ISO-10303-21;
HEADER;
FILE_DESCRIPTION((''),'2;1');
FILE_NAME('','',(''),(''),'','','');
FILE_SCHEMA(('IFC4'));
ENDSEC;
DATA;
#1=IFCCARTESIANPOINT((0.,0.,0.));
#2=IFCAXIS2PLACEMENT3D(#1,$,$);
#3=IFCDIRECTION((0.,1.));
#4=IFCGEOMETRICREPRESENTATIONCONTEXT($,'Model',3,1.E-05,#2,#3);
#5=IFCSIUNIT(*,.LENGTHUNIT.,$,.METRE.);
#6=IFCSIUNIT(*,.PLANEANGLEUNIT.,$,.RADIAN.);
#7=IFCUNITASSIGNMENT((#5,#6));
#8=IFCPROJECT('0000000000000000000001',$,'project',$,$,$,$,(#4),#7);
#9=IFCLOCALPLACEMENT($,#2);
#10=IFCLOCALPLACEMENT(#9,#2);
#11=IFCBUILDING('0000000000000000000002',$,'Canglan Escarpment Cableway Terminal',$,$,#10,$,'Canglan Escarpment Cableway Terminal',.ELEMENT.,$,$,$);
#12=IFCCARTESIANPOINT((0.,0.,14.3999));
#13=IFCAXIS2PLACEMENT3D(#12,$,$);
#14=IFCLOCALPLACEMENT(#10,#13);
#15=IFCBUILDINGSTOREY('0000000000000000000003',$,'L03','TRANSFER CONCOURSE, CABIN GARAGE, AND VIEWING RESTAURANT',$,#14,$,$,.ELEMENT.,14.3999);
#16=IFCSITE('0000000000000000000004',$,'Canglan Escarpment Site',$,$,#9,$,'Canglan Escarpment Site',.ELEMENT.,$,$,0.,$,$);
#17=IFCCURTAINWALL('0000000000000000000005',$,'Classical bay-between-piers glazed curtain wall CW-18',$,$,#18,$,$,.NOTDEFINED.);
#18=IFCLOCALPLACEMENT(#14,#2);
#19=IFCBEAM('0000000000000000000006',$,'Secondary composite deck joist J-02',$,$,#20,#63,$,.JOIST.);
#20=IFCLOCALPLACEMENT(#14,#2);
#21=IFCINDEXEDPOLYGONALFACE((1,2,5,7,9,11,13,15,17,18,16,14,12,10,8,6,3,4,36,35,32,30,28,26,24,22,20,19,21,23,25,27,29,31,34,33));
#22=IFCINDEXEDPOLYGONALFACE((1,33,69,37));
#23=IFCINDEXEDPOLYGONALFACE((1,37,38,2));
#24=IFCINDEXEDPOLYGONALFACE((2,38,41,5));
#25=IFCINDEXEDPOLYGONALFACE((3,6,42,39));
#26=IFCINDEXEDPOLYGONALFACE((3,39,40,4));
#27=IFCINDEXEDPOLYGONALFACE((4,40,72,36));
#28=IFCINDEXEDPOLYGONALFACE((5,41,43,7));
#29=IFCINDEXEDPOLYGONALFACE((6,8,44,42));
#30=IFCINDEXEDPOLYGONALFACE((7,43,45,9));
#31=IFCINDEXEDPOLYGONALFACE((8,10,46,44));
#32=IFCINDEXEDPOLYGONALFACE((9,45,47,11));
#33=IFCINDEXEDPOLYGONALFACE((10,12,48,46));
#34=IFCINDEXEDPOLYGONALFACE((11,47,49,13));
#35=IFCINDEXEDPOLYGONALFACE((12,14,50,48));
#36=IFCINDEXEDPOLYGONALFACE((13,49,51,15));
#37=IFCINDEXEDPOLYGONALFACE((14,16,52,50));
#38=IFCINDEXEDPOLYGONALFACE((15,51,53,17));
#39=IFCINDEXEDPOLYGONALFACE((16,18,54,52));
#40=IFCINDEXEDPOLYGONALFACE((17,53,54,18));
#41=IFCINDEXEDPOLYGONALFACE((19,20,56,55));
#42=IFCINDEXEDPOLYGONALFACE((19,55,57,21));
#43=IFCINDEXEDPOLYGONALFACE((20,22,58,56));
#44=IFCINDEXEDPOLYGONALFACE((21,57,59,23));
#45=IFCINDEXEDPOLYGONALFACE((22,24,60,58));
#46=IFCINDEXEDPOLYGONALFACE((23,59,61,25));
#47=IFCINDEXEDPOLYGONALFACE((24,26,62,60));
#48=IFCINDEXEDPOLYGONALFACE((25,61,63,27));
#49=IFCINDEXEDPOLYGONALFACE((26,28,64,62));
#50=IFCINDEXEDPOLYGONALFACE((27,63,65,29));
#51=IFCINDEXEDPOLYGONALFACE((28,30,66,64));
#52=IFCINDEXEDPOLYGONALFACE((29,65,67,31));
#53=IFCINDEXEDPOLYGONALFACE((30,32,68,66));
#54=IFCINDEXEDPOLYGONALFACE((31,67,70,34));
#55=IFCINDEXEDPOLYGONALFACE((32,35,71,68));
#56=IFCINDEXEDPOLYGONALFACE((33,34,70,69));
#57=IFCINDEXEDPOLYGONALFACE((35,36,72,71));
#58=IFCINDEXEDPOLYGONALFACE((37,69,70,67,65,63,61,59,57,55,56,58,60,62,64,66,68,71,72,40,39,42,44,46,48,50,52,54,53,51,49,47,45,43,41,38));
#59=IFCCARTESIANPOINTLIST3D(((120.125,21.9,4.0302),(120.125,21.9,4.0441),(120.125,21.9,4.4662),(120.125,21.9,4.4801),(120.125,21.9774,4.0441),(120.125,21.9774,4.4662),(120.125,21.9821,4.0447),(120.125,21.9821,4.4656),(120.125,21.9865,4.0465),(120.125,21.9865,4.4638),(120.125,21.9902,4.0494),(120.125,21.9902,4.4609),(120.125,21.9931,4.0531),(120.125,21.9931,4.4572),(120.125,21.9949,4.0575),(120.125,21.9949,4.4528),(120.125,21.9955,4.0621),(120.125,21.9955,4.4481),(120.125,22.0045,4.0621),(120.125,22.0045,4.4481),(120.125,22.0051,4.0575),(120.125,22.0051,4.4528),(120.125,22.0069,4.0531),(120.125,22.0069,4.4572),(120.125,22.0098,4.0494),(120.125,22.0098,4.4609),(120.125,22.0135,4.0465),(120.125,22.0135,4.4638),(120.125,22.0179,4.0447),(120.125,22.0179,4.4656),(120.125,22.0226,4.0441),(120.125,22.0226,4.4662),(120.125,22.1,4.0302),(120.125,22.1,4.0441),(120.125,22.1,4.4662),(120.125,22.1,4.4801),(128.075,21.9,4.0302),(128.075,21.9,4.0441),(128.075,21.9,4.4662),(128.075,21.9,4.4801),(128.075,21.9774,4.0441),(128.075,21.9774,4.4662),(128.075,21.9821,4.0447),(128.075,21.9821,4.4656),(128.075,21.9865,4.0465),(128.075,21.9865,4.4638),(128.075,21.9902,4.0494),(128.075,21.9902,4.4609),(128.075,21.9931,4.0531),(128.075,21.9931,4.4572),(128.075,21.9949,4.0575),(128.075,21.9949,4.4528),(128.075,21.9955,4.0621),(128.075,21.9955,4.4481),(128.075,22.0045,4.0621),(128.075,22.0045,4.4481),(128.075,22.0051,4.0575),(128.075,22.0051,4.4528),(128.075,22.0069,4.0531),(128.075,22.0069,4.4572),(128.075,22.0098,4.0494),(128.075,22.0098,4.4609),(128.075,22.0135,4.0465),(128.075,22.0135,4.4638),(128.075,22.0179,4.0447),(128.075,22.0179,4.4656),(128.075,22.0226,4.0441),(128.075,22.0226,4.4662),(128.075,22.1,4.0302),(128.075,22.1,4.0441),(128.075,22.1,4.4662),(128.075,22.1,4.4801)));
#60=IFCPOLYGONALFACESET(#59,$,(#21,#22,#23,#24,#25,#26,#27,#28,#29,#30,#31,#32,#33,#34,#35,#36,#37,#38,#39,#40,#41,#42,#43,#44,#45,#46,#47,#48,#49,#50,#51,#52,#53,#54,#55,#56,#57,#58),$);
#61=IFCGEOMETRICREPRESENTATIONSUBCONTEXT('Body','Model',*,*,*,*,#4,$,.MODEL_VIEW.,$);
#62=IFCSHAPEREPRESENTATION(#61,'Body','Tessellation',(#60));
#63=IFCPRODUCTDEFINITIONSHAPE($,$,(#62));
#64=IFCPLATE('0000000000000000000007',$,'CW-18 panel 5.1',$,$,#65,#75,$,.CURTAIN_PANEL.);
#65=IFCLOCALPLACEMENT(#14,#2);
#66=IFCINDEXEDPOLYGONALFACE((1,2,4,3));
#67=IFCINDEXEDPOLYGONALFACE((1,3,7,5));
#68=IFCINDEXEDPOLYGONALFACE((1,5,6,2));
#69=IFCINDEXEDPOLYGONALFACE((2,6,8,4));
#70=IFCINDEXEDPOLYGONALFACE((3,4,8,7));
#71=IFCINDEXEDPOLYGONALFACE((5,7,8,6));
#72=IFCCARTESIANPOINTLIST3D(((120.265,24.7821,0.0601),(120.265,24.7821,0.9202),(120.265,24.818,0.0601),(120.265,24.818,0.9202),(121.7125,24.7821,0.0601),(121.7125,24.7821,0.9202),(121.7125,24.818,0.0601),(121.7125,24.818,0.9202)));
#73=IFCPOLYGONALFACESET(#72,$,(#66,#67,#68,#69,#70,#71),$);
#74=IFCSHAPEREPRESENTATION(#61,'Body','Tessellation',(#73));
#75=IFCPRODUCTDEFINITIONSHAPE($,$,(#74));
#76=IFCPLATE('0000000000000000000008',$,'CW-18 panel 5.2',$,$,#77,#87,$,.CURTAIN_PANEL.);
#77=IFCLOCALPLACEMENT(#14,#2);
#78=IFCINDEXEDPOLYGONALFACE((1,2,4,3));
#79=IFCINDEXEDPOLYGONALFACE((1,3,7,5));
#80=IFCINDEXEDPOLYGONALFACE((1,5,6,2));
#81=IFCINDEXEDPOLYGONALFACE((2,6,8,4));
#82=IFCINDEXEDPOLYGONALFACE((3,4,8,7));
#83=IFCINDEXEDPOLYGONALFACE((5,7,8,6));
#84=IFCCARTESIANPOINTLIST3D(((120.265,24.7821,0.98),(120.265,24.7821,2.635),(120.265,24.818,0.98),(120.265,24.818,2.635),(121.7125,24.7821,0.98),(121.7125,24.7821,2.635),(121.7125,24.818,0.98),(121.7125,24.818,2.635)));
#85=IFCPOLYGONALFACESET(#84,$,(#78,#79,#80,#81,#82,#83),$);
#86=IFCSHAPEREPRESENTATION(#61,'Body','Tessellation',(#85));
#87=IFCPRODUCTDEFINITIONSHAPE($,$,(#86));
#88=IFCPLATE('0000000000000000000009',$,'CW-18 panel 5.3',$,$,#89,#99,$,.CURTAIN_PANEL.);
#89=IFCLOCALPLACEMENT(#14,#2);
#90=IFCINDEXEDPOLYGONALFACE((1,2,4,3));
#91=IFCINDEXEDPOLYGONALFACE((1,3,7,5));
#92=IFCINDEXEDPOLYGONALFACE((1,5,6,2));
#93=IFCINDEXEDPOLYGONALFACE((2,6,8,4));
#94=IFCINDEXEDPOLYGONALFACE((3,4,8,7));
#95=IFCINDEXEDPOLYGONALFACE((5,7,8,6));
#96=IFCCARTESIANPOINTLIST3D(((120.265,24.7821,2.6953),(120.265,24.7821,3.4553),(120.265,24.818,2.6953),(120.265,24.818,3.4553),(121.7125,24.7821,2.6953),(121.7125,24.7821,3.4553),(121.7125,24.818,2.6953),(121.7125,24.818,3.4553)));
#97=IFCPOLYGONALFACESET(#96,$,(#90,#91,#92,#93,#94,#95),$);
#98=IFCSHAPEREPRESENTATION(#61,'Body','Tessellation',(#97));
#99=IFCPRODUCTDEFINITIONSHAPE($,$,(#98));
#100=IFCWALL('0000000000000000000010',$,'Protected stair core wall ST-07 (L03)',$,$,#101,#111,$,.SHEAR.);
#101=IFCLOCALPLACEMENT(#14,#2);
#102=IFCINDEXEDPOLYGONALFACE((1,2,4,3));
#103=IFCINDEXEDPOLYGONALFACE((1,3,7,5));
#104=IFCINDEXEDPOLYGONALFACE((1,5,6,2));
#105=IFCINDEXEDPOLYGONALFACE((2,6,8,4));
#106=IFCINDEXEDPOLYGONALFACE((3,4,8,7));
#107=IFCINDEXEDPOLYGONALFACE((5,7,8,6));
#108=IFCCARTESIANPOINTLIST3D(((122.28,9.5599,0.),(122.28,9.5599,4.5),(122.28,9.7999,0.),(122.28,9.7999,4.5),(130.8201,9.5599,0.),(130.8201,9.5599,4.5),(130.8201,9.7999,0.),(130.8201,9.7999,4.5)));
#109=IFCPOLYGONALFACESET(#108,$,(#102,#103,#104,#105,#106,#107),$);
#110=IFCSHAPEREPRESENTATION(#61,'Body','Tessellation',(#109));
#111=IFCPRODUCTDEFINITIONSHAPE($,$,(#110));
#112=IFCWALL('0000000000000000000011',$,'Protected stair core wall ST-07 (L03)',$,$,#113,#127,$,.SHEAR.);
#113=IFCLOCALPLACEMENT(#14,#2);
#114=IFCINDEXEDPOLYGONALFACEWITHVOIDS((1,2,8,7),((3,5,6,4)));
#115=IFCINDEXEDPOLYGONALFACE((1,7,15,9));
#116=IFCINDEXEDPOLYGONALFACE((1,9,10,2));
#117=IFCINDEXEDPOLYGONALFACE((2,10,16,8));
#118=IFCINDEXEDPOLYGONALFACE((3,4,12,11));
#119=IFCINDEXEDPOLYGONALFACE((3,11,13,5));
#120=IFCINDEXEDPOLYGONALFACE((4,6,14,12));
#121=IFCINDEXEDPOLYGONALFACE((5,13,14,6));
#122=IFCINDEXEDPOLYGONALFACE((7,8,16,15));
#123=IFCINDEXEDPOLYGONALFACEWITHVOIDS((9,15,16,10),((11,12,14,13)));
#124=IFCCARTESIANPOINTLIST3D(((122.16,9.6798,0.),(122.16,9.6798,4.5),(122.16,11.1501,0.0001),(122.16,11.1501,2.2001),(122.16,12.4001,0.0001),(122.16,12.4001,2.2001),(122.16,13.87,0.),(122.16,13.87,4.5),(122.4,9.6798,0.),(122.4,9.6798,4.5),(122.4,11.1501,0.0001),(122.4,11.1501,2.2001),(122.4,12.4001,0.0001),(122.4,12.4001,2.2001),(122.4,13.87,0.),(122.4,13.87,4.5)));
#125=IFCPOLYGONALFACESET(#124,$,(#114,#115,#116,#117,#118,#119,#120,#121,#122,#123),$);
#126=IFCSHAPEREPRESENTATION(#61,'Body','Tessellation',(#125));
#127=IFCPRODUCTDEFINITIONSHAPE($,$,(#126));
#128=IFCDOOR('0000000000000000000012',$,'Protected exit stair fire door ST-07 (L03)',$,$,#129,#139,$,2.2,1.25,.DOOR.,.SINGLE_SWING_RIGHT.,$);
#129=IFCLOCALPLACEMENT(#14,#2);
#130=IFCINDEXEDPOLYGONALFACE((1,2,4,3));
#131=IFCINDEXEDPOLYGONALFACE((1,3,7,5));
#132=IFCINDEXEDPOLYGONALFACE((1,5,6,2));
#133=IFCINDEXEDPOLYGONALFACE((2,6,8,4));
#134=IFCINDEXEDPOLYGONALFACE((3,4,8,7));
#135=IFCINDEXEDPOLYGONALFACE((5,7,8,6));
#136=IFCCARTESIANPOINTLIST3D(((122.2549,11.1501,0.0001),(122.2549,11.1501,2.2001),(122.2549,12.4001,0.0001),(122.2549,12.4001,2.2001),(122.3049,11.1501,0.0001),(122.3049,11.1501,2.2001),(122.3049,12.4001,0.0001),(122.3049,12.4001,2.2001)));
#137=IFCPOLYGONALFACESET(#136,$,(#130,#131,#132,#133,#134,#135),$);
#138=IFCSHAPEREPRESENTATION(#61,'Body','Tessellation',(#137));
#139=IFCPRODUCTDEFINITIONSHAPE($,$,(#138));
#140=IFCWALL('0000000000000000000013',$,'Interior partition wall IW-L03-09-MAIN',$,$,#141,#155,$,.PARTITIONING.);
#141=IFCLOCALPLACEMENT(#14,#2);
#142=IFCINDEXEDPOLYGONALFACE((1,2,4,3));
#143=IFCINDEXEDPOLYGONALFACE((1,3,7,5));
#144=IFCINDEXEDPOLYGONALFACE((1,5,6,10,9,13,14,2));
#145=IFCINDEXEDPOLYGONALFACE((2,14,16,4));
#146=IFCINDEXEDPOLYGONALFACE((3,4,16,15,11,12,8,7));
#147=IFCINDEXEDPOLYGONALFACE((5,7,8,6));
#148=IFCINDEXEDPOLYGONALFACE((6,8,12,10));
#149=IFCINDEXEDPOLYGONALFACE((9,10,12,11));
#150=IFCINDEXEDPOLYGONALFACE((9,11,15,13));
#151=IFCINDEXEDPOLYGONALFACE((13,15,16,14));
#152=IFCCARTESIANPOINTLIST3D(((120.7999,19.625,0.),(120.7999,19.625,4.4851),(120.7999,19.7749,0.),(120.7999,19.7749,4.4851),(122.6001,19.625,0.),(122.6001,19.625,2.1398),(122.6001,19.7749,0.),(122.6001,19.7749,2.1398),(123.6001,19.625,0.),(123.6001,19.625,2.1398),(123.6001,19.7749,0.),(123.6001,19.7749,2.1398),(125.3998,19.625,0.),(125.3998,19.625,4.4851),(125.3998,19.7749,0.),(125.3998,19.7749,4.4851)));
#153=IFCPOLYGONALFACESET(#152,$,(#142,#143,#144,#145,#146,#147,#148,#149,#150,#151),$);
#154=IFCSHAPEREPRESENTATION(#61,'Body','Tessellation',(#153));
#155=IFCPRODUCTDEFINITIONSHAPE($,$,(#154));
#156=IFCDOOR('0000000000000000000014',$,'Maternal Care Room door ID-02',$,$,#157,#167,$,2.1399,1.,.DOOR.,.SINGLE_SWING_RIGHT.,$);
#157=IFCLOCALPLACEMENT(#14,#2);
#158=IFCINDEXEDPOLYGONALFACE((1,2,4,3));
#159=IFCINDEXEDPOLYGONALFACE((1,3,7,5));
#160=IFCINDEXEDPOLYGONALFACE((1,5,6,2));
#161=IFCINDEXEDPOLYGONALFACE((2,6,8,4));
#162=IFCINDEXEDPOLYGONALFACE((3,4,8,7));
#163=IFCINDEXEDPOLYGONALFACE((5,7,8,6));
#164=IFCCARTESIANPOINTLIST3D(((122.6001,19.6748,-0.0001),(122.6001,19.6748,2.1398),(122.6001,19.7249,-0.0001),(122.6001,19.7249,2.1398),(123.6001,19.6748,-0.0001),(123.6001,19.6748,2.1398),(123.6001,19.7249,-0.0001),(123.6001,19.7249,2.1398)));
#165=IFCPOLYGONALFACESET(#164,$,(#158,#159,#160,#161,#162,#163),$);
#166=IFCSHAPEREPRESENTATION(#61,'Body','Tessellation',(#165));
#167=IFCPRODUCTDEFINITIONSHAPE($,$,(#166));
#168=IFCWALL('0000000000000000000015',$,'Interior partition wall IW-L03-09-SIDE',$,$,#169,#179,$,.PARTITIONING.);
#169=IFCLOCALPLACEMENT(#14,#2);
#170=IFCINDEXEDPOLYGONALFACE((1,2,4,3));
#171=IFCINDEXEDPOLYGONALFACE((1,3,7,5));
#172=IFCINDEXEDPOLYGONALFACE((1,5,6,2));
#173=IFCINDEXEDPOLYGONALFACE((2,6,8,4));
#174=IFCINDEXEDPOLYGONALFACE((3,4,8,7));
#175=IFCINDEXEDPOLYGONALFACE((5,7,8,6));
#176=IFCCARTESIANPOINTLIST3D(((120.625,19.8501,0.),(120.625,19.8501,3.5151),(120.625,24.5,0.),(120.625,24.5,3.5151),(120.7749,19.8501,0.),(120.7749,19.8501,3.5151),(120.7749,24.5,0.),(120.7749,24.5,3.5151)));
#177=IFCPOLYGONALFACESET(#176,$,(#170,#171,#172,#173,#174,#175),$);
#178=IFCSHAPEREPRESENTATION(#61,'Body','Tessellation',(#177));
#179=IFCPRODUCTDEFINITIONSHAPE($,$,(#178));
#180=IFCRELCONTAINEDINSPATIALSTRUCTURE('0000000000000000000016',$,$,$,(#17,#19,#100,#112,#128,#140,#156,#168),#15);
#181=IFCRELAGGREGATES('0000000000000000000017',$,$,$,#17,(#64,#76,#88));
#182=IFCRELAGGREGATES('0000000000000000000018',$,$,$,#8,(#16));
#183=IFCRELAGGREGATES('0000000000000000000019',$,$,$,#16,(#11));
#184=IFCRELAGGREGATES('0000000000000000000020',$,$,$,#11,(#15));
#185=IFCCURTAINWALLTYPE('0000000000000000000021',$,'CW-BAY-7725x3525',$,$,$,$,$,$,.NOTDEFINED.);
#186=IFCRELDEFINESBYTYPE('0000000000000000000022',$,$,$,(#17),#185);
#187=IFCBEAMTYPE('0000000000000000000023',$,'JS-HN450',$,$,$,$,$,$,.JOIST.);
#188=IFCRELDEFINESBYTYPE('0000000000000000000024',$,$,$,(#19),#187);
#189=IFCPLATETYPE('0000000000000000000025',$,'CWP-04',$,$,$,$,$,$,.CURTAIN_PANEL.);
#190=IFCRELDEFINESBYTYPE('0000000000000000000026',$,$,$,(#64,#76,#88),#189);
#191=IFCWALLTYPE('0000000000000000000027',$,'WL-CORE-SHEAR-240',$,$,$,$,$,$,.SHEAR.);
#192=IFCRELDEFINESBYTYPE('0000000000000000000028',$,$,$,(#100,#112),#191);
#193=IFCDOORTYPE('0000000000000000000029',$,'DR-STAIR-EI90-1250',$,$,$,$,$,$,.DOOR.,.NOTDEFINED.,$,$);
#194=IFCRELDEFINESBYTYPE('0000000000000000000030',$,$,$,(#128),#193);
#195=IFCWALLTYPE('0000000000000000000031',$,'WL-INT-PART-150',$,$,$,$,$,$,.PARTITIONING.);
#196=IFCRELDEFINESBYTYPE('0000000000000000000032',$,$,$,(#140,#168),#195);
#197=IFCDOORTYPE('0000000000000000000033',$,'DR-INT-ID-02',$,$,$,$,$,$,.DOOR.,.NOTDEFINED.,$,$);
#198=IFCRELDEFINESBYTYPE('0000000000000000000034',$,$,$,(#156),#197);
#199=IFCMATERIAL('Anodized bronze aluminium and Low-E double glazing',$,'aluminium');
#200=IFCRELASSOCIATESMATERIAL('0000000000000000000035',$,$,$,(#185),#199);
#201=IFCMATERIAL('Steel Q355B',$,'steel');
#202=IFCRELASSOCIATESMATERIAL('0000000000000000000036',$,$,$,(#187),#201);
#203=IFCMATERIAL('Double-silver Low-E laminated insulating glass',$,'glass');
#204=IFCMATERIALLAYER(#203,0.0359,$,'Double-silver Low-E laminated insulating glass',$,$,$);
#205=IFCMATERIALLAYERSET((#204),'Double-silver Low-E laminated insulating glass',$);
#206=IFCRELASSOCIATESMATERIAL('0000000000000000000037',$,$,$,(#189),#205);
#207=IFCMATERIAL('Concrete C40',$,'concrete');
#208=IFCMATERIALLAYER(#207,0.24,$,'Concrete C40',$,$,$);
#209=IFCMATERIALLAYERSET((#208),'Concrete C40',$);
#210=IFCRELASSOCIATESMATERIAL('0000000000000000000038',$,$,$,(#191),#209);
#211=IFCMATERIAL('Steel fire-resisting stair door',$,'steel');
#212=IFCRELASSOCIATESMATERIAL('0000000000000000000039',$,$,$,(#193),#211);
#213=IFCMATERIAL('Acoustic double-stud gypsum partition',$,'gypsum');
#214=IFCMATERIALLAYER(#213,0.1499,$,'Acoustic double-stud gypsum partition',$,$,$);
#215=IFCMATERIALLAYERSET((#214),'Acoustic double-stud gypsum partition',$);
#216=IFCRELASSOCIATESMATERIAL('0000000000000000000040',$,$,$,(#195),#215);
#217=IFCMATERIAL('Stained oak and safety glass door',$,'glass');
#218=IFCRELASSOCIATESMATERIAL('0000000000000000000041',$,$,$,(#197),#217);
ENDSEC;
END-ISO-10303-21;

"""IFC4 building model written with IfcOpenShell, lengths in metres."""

from ifc_helpers import new_model, si_unit, direction, frame, frame_2d, origin, origin_2d, place, context, subcontext, project, spatial, rectangle, i_section, extrude, material, layer, layer_set, material_profile, profile_set, type_object, element, fill, aggregate, save


model = new_model("IFC4")

# Units and contexts
model_context = context("Model", 3, precision=1e-05, world=origin(), true_north=direction((0.0, 1.0)))
body_context = subcontext(model_context, "Body", "Model", "MODEL_VIEW")
ifc_project = project(units=[si_unit("LENGTHUNIT", "METRE"), si_unit("PLANEANGLEUNIT", "RADIAN")], contexts=[model_context])

# Site, building, storey
site_placement = place(None, origin())
site = spatial("IfcSite", under=ifc_project, at=site_placement, Name="Canglan Escarpment Site", LongName="Canglan Escarpment Site", CompositionType="ELEMENT", RefElevation=0.0)
building_placement = place(site_placement, origin())
building = spatial("IfcBuilding", under=site, at=building_placement, Name="Canglan Escarpment Cableway Terminal", LongName="Canglan Escarpment Cableway Terminal", CompositionType="ELEMENT")
storey_placement = place(building_placement, frame((0.0, 0.0, 14.3999)))
storey = spatial("IfcBuildingStorey", under=building, at=storey_placement, Name="L03", Description="TRANSFER CONCOURSE, CABIN GARAGE, AND VIEWING RESTAURANT", CompositionType="ELEMENT", Elevation=14.3999)

# Shared definitions
ifc_material_1 = material(Name="Concrete C40", Category="concrete")

# Shared definitions
ifc_material_2 = material(Name="Anodized bronze aluminium and Low-E double glazing", Category="aluminium")

# Curtain wall
curtain_wall_type_1 = type_object("IfcCurtainWallType", Name="CW-BAY-7725x3525", PredefinedType="NOTDEFINED", material=ifc_material_2)
curtain_wall_1_placement = place(storey_placement, origin())
curtain_wall_1 = element("IfcCurtainWall", 1, at=curtain_wall_1_placement, inside=storey, type_object=curtain_wall_type_1, Name="Classical bay-between-piers glazed curtain wall CW-18", PredefinedType="NOTDEFINED")

# Beam
ifc_material_3 = material(Name="Steel Q355B", Category="steel")
ifc_material_profile_1 = material_profile(ifc_material_3, i_section(OverallWidth=0.2, OverallDepth=0.45, WebThickness=0.009, FlangeThickness=0.0139, FilletRadius=0.0181, at=origin_2d()), Name="HN 450x200x9x14")
ifc_profile_set_1 = profile_set([ifc_material_profile_1], Name="Steel Q355B")
beam_type_1 = type_object("IfcBeamType", Name="JS-HN450", PredefinedType="JOIST", material=ifc_profile_set_1)
for number, where, z_axis, x_axis, name in (
    (2, (120.125, 22.0, 4.2551), (1.0, 0.0, 0.0), (0.0, 1.0, 0.0), "Secondary composite deck joist J-02"),
):
    element("IfcBeam", number, at=place(storey_placement, frame(where, z_axis=z_axis, x_axis=x_axis)), inside=storey, type_object=beam_type_1, Name=name, PredefinedType="JOIST", context=body_context, shape_type="SweptSolid", body=[
        extrude(i_section(OverallWidth=0.2, OverallDepth=0.45, WebThickness=0.009, FlangeThickness=0.0139, FilletRadius=0.0181, at=origin_2d()), origin(), (0.0, 0.0, 1.0), 7.95),
    ])

# Plates
ifc_material_4 = material(Name="Double-silver Low-E laminated insulating glass", Category="glass")
ifc_layer_1 = layer(ifc_material_4, 0.0359, Name="Double-silver Low-E laminated insulating glass")
ifc_layer_set_1 = layer_set([ifc_layer_1], Name="Double-silver Low-E laminated insulating glass")
plate_type = type_object("IfcPlateType", Name="CWP-04", PredefinedType="CURTAIN_PANEL", material=ifc_layer_set_1)
plate_1_placement = place(storey_placement, frame((120.9888, 24.8, 0.0601), z_axis=(0.0, 0.0, 1.0), x_axis=(-1.0, 0.0, 0.0)))
plate_1 = element("IfcPlate", 3, at=plate_1_placement, type_object=plate_type, Name="CW-18 panel 5.1", PredefinedType="CURTAIN_PANEL", context=body_context, shape_type="SweptSolid", body=[
    extrude(rectangle(XDim=1.4475, YDim=0.0359, at=origin_2d()), origin(), (0.0, 0.0, 1.0), 0.8601),
])
plate_2_placement = place(storey_placement, frame((120.9888, 24.8, 0.98), z_axis=(0.0, 0.0, 1.0), x_axis=(-1.0, 0.0, 0.0)))
plate_2 = element("IfcPlate", 4, at=plate_2_placement, type_object=plate_type, Name="CW-18 panel 5.2", PredefinedType="CURTAIN_PANEL", context=body_context, shape_type="SweptSolid", body=[
    extrude(rectangle(XDim=1.4475, YDim=0.0359, at=origin_2d()), origin(), (0.0, 0.0, 1.0), 1.655),
])
plate_3_placement = place(storey_placement, frame((120.9888, 24.8, 2.6953), z_axis=(0.0, 0.0, 1.0), x_axis=(-1.0, 0.0, 0.0)))
plate_3 = element("IfcPlate", 5, at=plate_3_placement, type_object=plate_type, Name="CW-18 panel 5.3", PredefinedType="CURTAIN_PANEL", context=body_context, shape_type="SweptSolid", body=[
    extrude(rectangle(XDim=1.4475, YDim=0.0359, at=origin_2d()), origin(), (0.0, 0.0, 1.0), 0.76),
])
aggregate(curtain_wall_1, [plate_1, plate_2, plate_3])

# Wall
ifc_layer_2 = layer(ifc_material_1, 0.24, Name="Concrete C40")
ifc_layer_set_2 = layer_set([ifc_layer_2], Name="Concrete C40")
wall_type_1 = type_object("IfcWallType", Name="WL-CORE-SHEAR-240", PredefinedType="SHEAR", material=ifc_layer_set_2)
wall_1_placement = place(storey_placement, frame((122.28, 9.6799, 0.0), z_axis=(0.0, 0.0, 1.0), x_axis=(1.0, 0.0, 0.0)))
element("IfcWall", 6, at=wall_1_placement, inside=storey, type_object=wall_type_1, Name="Protected stair core wall ST-07 (L03)", PredefinedType="SHEAR", context=body_context, shape_type="SweptSolid", body=[
    extrude(rectangle(XDim=8.54, YDim=0.24, at=frame_2d((4.27, 0.0))), origin(), (0.0, 0.0, 1.0), 4.5),
])

# Walls, openings, doors
wall_2_placement = place(storey_placement, frame((122.28, 13.8701, 0.0), z_axis=(0.0, 0.0, 1.0), x_axis=(0.0, -1.0, 0.0)))
wall_2 = element("IfcWall", 7, at=wall_2_placement, inside=storey, type_object=wall_type_1, Name="Protected stair core wall ST-07 (L03)", PredefinedType="SHEAR", context=body_context, shape_type="SweptSolid", body=[
    extrude(rectangle(XDim=4.1902, YDim=0.24, at=frame_2d((2.0952, 0.0))), origin(), (0.0, 0.0, 1.0), 4.5),
])
opening_1_placement = place(wall_2_placement, frame((1.47, 0.0, 0.0)))
opening_1 = element("IfcOpeningElement", 8, at=opening_1_placement, cuts=wall_2, PredefinedType="OPENING", context=body_context, shape_type="SweptSolid", body=[
    extrude(rectangle(XDim=1.25, YDim=2.2, at=frame_2d((0.625, 1.1001))), frame((0.0, 0.1299, 0.0), z_axis=(0.0, -1.0, 0.0), x_axis=(1.0, 0.0, 0.0)), (0.0, 0.0, 1.0), 0.26),
])
ifc_material_5 = material(Name="Steel fire-resisting stair door", Category="steel")
door_type_1 = type_object("IfcDoorType", Name="DR-STAIR-EI90-1250", OperationType="NOTDEFINED", PredefinedType="DOOR", material=ifc_material_5)
door_1_placement = place(opening_1_placement, origin())
door_1 = element("IfcDoor", 9, at=door_1_placement, inside=storey, type_object=door_type_1, Name="Protected exit stair fire door ST-07 (L03)", OperationType="SINGLE_SWING_RIGHT", OverallHeight=2.2, OverallWidth=1.25, PredefinedType="DOOR", context=body_context, shape_type="SweptSolid", body=[
    extrude(rectangle(XDim=1.25, YDim=2.2, at=frame_2d((0.625, 1.1001))), frame((0.0, 0.0249, 0.0), z_axis=(0.0, -1.0, 0.0), x_axis=(1.0, 0.0, 0.0)), (0.0, 0.0, 1.0), 0.05),
])
fill(opening_1, door_1)
ifc_material_6 = material(Name="Acoustic double-stud gypsum partition", Category="gypsum")
ifc_layer_3 = layer(ifc_material_6, 0.1499, Name="Acoustic double-stud gypsum partition")
ifc_layer_set_3 = layer_set([ifc_layer_3], Name="Acoustic double-stud gypsum partition")
wall_type_2 = type_object("IfcWallType", Name="WL-INT-PART-150", PredefinedType="PARTITIONING", material=ifc_layer_set_3)
wall_3_placement = place(storey_placement, frame((120.8, 19.7, 0.0), z_axis=(0.0, 0.0, 1.0), x_axis=(1.0, 0.0, 0.0)))
wall_3 = element("IfcWall", 10, at=wall_3_placement, inside=storey, type_object=wall_type_2, Name="Interior partition wall IW-L03-09-MAIN", PredefinedType="PARTITIONING", context=body_context, shape_type="SweptSolid", body=[
    extrude(rectangle(XDim=4.5999, YDim=0.1499, at=frame_2d((2.2998, 0.0))), origin(), (0.0, 0.0, 1.0), 4.4851),
])
opening_2_placement = place(wall_3_placement, frame((1.8, 0.0, 0.0)))
opening_2 = element("IfcOpeningElement", 11, at=opening_2_placement, cuts=wall_3, PredefinedType="OPENING", context=body_context, shape_type="SweptSolid", body=[
    extrude(rectangle(XDim=1.0, YDim=2.1399, at=frame_2d((0.5, 1.0698))), frame((0.0, 0.085, 0.0), z_axis=(0.0, -1.0, 0.0), x_axis=(1.0, 0.0, 0.0)), (0.0, 0.0, 1.0), 0.1699),
])
ifc_material_7 = material(Name="Stained oak and safety glass door", Category="glass")
door_type_2 = type_object("IfcDoorType", Name="DR-INT-ID-02", OperationType="NOTDEFINED", PredefinedType="DOOR", material=ifc_material_7)
door_2_placement = place(opening_2_placement, origin())
door_2 = element("IfcDoor", 12, at=door_2_placement, inside=storey, type_object=door_type_2, Name="Maternal Care Room door ID-02", OperationType="SINGLE_SWING_RIGHT", OverallHeight=2.1399, OverallWidth=1.0, PredefinedType="DOOR", context=body_context, shape_type="SweptSolid", body=[
    extrude(rectangle(XDim=1.0, YDim=2.1399, at=frame_2d((0.5, 1.0698))), frame((0.0, 0.0249, 0.0), z_axis=(0.0, -1.0, 0.0), x_axis=(1.0, 0.0, 0.0)), (0.0, 0.0, 1.0), 0.05),
])
fill(opening_2, door_2)

# Wall
wall_4_placement = place(storey_placement, frame((120.7, 19.8501, 0.0), z_axis=(0.0, 0.0, 1.0), x_axis=(0.0, 1.0, 0.0)))
element("IfcWall", 13, at=wall_4_placement, inside=storey, type_object=wall_type_2, Name="Interior partition wall IW-L03-09-SIDE", PredefinedType="PARTITIONING", context=body_context, shape_type="SweptSolid", body=[
    extrude(rectangle(XDim=4.6499, YDim=0.1499, at=frame_2d((2.325, 0.0))), origin(), (0.0, 0.0, 1.0), 3.5151),
])

save(model, "model.ifc")
